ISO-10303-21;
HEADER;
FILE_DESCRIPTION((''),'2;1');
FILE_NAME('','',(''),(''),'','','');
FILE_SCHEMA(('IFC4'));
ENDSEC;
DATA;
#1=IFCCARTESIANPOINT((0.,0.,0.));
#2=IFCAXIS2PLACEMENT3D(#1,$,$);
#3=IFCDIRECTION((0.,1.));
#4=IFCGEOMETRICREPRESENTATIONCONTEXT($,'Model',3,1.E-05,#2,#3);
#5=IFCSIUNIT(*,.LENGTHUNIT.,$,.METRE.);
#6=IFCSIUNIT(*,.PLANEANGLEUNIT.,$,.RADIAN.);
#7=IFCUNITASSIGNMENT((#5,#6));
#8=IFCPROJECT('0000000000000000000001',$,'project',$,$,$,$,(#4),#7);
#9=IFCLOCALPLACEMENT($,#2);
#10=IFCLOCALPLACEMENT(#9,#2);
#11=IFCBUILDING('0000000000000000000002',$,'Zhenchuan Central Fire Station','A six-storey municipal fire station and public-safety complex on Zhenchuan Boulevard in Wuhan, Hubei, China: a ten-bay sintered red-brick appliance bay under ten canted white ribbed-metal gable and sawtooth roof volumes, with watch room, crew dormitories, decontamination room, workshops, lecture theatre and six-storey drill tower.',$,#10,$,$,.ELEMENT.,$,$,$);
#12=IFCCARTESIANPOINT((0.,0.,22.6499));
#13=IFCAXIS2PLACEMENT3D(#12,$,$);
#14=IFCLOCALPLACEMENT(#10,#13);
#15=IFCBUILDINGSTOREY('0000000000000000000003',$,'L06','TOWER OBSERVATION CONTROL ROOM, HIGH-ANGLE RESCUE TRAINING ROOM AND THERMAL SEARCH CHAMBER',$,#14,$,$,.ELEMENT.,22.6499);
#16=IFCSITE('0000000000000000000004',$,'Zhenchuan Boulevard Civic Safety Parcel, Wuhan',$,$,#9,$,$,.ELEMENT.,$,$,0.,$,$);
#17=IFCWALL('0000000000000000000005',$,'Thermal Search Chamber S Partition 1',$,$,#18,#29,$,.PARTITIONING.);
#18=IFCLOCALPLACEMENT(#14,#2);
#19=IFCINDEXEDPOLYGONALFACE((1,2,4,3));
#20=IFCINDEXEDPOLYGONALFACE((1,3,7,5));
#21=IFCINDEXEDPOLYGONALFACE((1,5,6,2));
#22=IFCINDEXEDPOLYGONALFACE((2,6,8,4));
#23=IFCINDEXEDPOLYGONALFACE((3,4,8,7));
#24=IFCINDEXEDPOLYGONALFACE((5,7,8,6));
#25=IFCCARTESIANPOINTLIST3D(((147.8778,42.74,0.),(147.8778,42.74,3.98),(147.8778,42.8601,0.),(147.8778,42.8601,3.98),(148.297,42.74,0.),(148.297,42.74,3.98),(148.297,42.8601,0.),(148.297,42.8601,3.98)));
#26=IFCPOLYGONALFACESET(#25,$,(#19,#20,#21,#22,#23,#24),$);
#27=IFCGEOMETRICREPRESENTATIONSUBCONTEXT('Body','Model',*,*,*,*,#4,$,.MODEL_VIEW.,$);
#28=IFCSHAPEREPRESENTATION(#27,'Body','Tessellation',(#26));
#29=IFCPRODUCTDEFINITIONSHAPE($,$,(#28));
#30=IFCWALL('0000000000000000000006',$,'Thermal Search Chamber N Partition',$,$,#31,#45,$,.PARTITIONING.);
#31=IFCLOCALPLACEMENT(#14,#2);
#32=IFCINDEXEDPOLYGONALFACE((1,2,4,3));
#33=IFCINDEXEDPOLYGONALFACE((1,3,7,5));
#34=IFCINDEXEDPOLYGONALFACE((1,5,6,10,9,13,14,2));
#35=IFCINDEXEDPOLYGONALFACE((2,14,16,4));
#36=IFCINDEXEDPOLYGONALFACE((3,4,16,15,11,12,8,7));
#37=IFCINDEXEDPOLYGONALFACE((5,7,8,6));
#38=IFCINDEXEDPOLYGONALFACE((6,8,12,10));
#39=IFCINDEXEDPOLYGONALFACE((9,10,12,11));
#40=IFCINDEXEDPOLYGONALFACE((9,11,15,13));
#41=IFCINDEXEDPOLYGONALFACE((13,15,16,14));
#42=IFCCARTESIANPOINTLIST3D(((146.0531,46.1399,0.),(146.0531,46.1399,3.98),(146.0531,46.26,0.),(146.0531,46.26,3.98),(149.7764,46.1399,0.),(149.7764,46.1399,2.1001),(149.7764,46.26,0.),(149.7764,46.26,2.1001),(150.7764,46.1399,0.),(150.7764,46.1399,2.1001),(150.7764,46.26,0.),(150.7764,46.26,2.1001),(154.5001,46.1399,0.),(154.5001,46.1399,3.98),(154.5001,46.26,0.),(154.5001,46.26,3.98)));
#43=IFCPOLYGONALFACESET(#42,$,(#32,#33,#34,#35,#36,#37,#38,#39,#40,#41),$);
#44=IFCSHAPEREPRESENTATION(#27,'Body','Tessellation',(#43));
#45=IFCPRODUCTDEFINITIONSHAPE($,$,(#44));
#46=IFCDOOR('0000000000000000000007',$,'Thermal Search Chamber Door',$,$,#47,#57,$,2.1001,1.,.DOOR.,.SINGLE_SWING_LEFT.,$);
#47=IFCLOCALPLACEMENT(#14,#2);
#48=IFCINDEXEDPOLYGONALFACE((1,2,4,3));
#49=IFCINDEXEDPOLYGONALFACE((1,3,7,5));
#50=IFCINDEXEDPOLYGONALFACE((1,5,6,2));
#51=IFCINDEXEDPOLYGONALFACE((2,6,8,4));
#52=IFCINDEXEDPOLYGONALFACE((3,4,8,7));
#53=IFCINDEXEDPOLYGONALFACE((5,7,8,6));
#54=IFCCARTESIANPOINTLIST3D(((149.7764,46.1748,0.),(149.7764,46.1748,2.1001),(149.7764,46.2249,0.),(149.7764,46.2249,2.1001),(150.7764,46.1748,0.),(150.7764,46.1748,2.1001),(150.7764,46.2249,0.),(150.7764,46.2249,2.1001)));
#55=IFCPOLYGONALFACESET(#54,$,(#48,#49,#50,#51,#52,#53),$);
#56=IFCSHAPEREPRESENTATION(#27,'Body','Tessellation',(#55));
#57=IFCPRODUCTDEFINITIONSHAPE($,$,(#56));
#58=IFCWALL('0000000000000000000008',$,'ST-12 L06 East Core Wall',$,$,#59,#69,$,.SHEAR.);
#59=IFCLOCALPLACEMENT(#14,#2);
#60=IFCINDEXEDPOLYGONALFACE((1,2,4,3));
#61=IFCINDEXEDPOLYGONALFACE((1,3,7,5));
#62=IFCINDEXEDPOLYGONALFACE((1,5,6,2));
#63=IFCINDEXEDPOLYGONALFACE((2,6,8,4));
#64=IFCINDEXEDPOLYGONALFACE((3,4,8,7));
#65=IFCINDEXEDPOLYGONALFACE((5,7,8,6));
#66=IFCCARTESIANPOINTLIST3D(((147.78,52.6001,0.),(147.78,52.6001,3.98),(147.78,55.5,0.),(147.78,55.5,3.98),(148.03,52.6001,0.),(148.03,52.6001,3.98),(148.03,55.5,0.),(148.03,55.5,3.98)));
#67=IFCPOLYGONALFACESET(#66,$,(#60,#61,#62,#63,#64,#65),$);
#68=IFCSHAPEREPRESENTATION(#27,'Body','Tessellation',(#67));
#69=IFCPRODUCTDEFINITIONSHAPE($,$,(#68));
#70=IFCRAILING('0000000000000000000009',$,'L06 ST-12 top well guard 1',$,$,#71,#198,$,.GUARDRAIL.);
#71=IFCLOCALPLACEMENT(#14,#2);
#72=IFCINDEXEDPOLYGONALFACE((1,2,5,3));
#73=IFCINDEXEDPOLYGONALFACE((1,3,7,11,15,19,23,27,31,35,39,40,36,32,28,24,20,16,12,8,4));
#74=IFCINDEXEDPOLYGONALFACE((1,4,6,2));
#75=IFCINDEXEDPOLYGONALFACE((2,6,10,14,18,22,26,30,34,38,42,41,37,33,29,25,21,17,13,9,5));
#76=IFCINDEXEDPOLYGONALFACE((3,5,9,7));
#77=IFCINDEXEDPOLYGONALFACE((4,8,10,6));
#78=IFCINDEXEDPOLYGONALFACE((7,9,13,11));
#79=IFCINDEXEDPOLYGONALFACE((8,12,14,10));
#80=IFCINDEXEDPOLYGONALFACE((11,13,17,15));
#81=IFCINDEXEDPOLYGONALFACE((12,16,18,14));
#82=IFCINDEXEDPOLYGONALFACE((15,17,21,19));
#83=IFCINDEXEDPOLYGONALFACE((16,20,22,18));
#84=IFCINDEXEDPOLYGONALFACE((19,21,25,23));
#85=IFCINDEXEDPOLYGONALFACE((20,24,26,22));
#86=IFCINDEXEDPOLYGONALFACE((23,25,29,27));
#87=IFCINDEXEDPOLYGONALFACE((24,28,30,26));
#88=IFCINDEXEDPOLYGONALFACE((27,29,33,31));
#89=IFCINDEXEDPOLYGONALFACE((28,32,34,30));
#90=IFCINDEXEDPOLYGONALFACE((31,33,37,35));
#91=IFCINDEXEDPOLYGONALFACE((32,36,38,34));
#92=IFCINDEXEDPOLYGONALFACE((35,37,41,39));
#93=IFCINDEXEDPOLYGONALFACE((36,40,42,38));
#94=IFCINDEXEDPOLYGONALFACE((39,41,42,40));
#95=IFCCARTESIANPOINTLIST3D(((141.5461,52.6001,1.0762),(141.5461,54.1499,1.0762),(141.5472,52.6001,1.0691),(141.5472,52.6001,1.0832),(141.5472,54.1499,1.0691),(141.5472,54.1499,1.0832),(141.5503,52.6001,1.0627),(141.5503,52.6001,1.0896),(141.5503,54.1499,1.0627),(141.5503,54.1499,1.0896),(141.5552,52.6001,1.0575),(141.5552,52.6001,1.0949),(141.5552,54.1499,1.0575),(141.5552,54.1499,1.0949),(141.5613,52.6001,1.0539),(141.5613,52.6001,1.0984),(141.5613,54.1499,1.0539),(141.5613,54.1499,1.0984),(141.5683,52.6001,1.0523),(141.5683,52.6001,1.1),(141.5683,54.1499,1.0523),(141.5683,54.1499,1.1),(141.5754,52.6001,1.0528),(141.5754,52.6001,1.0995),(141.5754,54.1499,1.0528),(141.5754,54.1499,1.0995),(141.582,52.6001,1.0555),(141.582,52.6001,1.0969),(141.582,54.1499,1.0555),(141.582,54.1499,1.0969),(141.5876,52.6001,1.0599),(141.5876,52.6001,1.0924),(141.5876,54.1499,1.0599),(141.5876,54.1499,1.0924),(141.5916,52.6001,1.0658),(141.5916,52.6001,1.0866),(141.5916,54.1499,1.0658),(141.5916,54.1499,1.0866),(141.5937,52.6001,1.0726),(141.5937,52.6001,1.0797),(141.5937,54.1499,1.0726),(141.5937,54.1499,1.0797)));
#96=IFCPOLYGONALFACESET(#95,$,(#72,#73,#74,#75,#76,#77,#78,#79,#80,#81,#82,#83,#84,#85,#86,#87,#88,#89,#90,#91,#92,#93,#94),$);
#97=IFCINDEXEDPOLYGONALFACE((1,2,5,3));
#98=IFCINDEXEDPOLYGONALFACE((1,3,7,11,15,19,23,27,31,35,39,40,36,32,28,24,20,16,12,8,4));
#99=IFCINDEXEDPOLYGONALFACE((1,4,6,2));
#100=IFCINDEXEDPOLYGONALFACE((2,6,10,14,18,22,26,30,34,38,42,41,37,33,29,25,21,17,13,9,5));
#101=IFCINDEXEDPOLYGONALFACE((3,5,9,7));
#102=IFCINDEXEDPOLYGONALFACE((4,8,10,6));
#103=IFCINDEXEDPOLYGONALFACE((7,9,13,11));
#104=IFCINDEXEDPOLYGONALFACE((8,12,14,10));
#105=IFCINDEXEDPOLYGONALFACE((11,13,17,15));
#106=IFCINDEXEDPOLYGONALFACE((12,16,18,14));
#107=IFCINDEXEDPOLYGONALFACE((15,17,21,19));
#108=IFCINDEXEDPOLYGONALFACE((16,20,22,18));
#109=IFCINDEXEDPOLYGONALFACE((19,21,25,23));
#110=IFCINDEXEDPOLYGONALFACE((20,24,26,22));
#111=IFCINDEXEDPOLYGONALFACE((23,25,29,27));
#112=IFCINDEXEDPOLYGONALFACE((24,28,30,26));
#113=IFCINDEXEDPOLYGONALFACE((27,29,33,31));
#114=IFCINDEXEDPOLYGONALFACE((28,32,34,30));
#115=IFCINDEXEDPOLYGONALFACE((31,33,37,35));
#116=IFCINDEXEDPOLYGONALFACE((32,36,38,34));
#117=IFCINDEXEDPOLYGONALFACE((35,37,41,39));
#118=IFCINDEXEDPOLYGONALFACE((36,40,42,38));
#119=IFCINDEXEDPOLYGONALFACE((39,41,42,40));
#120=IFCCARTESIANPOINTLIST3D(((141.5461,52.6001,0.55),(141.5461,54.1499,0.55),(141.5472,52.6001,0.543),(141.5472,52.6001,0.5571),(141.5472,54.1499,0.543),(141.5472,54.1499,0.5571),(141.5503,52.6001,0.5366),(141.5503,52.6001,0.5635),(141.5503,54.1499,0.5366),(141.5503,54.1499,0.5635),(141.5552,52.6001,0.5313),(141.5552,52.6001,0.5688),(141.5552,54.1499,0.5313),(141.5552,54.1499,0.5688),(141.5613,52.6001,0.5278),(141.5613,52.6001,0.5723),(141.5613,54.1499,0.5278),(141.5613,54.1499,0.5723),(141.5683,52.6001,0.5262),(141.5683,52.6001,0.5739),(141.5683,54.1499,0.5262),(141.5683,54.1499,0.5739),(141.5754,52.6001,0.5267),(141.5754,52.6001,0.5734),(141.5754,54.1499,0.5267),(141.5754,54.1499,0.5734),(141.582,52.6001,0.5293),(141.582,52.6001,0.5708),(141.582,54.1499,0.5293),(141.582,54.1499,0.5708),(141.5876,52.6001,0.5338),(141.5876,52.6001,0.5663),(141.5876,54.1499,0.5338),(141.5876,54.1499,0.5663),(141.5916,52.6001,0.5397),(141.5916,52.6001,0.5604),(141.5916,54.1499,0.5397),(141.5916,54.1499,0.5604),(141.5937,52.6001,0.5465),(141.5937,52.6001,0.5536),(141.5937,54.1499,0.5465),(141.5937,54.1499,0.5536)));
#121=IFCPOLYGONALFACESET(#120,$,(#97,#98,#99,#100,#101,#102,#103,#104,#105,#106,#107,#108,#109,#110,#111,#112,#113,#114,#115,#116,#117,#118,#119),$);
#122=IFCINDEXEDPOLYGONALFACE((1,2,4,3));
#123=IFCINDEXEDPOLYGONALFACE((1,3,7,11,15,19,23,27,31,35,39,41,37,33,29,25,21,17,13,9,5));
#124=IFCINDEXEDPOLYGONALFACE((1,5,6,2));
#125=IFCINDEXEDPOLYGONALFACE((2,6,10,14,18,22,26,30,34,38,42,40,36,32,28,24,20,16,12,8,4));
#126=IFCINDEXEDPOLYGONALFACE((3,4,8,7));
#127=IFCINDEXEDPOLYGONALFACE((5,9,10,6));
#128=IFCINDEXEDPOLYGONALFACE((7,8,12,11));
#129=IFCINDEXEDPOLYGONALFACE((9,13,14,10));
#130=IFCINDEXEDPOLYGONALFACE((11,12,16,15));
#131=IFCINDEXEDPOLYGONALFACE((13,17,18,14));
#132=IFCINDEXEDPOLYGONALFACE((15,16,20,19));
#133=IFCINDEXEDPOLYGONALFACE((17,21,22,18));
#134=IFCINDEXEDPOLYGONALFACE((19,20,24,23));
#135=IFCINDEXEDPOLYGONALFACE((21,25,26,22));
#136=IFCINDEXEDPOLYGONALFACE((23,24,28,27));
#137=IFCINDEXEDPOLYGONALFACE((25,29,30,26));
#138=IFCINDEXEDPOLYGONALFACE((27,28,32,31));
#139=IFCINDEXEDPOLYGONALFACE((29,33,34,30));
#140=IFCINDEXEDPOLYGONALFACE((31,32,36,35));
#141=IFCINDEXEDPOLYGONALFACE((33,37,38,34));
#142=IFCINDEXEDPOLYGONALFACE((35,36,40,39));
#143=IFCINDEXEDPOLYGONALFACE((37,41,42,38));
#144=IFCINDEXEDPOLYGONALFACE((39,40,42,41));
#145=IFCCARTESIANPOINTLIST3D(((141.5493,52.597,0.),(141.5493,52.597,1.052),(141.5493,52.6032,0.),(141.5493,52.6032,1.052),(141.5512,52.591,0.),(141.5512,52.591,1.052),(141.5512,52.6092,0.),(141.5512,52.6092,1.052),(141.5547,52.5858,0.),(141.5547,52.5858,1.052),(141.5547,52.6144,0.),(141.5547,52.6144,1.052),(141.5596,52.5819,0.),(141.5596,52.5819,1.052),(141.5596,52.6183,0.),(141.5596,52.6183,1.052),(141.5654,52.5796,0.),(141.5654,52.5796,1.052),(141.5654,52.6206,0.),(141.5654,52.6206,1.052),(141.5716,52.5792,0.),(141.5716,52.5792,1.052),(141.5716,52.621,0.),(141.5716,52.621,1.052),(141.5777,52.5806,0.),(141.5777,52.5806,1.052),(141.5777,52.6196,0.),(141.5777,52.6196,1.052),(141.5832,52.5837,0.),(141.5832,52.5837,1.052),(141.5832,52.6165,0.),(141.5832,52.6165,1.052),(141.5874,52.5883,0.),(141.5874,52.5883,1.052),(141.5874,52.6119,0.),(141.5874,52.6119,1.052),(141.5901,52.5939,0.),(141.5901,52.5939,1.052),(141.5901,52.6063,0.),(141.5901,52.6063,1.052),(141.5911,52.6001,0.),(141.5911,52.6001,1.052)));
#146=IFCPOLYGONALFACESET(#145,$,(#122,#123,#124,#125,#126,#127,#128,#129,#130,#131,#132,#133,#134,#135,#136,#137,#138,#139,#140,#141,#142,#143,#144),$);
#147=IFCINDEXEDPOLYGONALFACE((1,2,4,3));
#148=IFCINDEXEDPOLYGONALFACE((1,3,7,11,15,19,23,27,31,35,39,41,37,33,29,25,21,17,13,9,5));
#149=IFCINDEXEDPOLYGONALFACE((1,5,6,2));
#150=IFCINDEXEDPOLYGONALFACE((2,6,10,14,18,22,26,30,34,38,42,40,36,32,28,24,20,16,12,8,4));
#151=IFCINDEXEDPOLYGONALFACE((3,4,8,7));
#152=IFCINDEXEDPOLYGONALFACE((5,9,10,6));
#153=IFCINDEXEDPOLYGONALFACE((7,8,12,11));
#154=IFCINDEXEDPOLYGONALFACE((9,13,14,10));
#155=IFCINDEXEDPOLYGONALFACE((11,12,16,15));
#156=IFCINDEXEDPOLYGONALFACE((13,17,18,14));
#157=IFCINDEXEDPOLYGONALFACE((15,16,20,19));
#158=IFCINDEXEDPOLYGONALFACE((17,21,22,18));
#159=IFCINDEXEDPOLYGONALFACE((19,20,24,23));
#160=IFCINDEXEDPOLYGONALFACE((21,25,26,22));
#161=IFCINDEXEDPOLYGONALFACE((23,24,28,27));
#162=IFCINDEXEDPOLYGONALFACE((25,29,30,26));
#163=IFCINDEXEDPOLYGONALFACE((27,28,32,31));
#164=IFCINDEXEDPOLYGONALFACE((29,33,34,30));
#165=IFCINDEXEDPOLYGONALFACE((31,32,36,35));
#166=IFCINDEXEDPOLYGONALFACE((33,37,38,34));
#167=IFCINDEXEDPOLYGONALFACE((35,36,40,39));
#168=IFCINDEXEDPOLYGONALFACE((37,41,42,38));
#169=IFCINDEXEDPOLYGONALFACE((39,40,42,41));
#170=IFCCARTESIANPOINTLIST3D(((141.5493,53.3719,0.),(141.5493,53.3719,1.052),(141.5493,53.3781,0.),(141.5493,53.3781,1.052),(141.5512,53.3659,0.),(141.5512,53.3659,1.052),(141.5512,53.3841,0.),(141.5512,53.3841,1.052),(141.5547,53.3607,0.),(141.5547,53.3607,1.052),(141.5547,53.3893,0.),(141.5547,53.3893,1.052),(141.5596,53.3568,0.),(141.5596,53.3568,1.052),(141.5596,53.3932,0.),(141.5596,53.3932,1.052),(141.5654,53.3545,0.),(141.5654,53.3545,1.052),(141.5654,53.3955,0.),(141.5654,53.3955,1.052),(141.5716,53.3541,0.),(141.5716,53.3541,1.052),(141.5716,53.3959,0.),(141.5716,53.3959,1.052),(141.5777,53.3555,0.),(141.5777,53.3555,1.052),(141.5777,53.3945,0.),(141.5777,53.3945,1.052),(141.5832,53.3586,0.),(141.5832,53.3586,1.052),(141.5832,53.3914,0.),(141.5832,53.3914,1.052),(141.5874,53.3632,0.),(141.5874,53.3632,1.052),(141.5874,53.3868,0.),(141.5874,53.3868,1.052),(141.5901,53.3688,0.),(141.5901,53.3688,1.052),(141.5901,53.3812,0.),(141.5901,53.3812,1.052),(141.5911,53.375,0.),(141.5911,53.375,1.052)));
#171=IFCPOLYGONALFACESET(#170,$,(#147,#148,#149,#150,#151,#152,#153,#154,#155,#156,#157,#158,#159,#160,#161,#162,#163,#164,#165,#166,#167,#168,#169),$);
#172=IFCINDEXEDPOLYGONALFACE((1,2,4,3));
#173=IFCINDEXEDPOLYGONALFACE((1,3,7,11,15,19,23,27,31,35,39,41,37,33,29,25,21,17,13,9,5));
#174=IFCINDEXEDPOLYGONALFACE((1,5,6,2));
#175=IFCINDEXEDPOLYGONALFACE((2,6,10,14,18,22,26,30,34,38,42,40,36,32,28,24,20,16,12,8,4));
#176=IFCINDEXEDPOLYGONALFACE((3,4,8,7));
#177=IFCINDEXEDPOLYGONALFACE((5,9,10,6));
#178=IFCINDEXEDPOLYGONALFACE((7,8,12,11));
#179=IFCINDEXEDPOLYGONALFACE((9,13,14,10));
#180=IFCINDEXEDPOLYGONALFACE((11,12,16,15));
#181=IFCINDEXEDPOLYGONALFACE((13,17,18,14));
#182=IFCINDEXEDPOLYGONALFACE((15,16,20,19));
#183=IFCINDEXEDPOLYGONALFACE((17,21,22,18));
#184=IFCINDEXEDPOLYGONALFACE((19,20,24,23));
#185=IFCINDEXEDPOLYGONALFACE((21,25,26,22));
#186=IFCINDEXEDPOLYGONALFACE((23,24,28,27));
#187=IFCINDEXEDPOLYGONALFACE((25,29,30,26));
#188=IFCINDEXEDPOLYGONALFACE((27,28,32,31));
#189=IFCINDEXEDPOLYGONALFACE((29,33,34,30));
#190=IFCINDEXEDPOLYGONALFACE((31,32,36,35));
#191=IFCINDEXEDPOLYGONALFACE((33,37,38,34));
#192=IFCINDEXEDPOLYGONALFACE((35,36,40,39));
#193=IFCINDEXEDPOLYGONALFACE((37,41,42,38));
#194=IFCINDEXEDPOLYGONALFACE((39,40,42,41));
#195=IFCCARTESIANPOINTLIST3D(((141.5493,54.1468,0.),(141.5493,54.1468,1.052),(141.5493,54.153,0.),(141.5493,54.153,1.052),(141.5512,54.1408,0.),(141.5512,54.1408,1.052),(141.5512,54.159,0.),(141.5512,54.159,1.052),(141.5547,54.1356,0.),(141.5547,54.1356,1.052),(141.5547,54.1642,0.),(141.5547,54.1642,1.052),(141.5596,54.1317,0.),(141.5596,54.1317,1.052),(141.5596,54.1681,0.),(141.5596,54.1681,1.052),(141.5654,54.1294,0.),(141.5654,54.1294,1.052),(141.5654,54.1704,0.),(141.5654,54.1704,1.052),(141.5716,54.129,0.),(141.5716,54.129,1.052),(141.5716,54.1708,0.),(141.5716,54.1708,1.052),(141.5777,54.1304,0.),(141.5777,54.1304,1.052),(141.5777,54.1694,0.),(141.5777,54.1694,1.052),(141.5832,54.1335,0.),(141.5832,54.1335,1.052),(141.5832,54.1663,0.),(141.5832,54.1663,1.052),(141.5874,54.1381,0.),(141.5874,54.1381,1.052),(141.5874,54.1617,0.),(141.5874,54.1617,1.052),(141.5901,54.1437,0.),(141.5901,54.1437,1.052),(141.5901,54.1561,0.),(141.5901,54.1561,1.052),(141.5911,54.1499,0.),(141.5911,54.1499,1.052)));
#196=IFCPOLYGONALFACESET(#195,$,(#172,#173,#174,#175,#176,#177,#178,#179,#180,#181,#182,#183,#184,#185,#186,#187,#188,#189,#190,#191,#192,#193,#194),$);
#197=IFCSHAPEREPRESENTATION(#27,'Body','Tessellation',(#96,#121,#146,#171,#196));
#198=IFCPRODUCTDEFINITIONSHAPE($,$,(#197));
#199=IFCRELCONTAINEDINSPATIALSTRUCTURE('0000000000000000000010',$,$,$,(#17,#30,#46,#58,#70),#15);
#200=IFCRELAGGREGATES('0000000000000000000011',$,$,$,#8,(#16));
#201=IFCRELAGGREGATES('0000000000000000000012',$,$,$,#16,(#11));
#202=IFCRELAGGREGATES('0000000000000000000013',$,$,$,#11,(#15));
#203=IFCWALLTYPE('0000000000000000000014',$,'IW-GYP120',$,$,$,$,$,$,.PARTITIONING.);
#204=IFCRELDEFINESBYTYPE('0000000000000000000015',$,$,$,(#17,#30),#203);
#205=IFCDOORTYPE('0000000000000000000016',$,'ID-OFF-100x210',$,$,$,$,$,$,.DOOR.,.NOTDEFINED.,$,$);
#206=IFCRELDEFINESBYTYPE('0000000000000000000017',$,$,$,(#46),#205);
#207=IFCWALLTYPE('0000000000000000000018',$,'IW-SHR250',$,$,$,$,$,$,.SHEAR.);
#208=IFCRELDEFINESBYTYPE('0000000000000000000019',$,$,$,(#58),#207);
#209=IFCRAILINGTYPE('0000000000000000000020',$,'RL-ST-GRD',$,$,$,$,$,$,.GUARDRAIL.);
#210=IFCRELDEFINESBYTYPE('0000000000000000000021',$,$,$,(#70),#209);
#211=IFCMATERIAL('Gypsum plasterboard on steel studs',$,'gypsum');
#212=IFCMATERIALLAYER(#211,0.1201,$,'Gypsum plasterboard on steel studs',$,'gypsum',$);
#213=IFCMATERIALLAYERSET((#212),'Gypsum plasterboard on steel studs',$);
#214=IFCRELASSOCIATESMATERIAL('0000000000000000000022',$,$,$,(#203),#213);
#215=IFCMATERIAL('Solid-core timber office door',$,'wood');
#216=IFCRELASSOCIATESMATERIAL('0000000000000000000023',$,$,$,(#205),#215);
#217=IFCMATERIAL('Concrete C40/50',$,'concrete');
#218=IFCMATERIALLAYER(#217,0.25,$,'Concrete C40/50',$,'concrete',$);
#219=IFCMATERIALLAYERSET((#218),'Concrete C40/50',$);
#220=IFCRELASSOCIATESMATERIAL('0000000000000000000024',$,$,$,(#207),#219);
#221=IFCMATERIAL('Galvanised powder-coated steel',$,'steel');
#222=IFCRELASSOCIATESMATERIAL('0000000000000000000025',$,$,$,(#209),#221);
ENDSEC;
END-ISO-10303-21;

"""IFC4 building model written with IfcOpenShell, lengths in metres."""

from ifc_helpers import new_model, si_unit, direction, frame, frame_2d, origin, origin_2d, place, context, subcontext, project, spatial, rectangle, circle, extrude, material, layer, layer_set, type_object, element, fill, save


model = new_model("IFC4")

# Units and contexts
model_context = context("Model", 3, precision=1e-05, world=origin(), true_north=direction((0.0, 1.0)))
body_context = subcontext(model_context, "Body", "Model", "MODEL_VIEW")
ifc_project = project(units=[si_unit("LENGTHUNIT", "METRE"), si_unit("PLANEANGLEUNIT", "RADIAN")], contexts=[model_context])

# Site, building, storey
site_placement = place(None, origin())
site = spatial("IfcSite", under=ifc_project, at=site_placement, Name="Zhenchuan Boulevard Civic Safety Parcel, Wuhan", CompositionType="ELEMENT", RefElevation=0.0)
building_placement = place(site_placement, origin())
building = spatial("IfcBuilding", under=site, at=building_placement, Name="Zhenchuan Central Fire Station", Description="A six-storey municipal fire station and public-safety complex on Zhenchuan Boulevard in Wuhan, Hubei, China: a ten-bay sintered red-brick appliance bay under ten canted white ribbed-metal gable and sawtooth roof volumes, with watch room, crew dormitories, decontamination room, workshops, lecture theatre and six-storey drill tower.", CompositionType="ELEMENT")
storey_placement = place(building_placement, frame((0.0, 0.0, 22.6499)))
storey = spatial("IfcBuildingStorey", under=building, at=storey_placement, Name="L06", Description="TOWER OBSERVATION CONTROL ROOM, HIGH-ANGLE RESCUE TRAINING ROOM AND THERMAL SEARCH CHAMBER", CompositionType="ELEMENT", Elevation=22.6499)

# Shared definitions
ifc_material_1 = material(Name="Concrete C40/50", Category="concrete")

# Wall
ifc_material_2 = material(Name="Gypsum plasterboard on steel studs", Category="gypsum")
ifc_layer_1 = layer(ifc_material_2, 0.1201, Name="Gypsum plasterboard on steel studs", Category="gypsum")
ifc_layer_set_1 = layer_set([ifc_layer_1], Name="Gypsum plasterboard on steel studs")
wall_type_1 = type_object("IfcWallType", Name="IW-GYP120", PredefinedType="PARTITIONING", material=ifc_layer_set_1)
wall_1_placement = place(storey_placement, frame((147.8779, 42.8, 0.0), z_axis=(0.0, 0.0, 1.0), x_axis=(1.0, 0.0, 0.0)))
element("IfcWall", 1, at=wall_1_placement, inside=storey, type_object=wall_type_1, Name="Thermal Search Chamber S Partition 1", PredefinedType="PARTITIONING", context=body_context, shape_type="SweptSolid", body=[
    extrude(rectangle(XDim=0.4192, YDim=0.1201, at=frame_2d((0.2095, 0.0))), origin(), (0.0, 0.0, 1.0), 3.98),
])

# Wall, opening, door
wall_2_placement = place(storey_placement, frame((146.053, 46.2, 0.0), z_axis=(0.0, 0.0, 1.0), x_axis=(1.0, 0.0, 0.0)))
wall_2 = element("IfcWall", 2, at=wall_2_placement, inside=storey, type_object=wall_type_1, Name="Thermal Search Chamber N Partition", PredefinedType="PARTITIONING", context=body_context, shape_type="SweptSolid", body=[
    extrude(rectangle(XDim=8.447, YDim=0.1201, at=frame_2d((4.2236, 0.0))), origin(), (0.0, 0.0, 1.0), 3.98),
])
opening_1_placement = place(wall_2_placement, frame((3.7234, 0.0, 0.0)))
opening_1 = element("IfcOpeningElement", 3, at=opening_1_placement, cuts=wall_2, PredefinedType="OPENING", context=body_context, shape_type="SweptSolid", body=[
    extrude(rectangle(XDim=1.0, YDim=2.1001, at=frame_2d((0.5, 1.05))), frame((0.0, 0.0701, 0.0), z_axis=(0.0, -1.0, 0.0), x_axis=(1.0, 0.0, 0.0)), (0.0, 0.0, 1.0), 0.1401),
])
ifc_material_3 = material(Name="Solid-core timber office door", Category="wood")
door_type_1 = type_object("IfcDoorType", Name="ID-OFF-100x210", OperationType="NOTDEFINED", PredefinedType="DOOR", material=ifc_material_3)
door_1_placement = place(opening_1_placement, origin())
door_1 = element("IfcDoor", 4, at=door_1_placement, inside=storey, type_object=door_type_1, Name="Thermal Search Chamber Door", OperationType="SINGLE_SWING_LEFT", OverallHeight=2.1001, OverallWidth=1.0, PredefinedType="DOOR", context=body_context, shape_type="SweptSolid", body=[
    extrude(rectangle(XDim=1.0, YDim=2.1001, at=frame_2d((0.5, 1.05))), frame((0.0, 0.0249, 0.0), z_axis=(0.0, -1.0, 0.0), x_axis=(1.0, 0.0, 0.0)), (0.0, 0.0, 1.0), 0.05),
])
fill(opening_1, door_1)

# Wall
ifc_layer_2 = layer(ifc_material_1, 0.25, Name="Concrete C40/50", Category="concrete")
ifc_layer_set_2 = layer_set([ifc_layer_2], Name="Concrete C40/50")
wall_type_2 = type_object("IfcWallType", Name="IW-SHR250", PredefinedType="SHEAR", material=ifc_layer_set_2)
wall_3_placement = place(storey_placement, frame((147.905, 52.6001, 0.0), z_axis=(0.0, 0.0, 1.0), x_axis=(0.0, 1.0, 0.0)))
element("IfcWall", 5, at=wall_3_placement, inside=storey, type_object=wall_type_2, Name="ST-12 L06 East Core Wall", PredefinedType="SHEAR", context=body_context, shape_type="SweptSolid", body=[
    extrude(rectangle(XDim=2.8999, YDim=0.25, at=frame_2d((1.45, 0.0))), origin(), (0.0, 0.0, 1.0), 3.98),
])

# Railing
ifc_material_4 = material(Name="Galvanised powder-coated steel", Category="steel")
railing_type = type_object("IfcRailingType", Name="RL-ST-GRD", PredefinedType="GUARDRAIL", material=ifc_material_4)
railing_placement = place(storey_placement, frame((141.5701, 52.6001, 0.0)))
element("IfcRailing", 6, at=railing_placement, inside=storey, type_object=railing_type, Name="L06 ST-12 top well guard 1", PredefinedType="GUARDRAIL", context=body_context, shape_type="SweptSolid", body=[
    extrude(circle(Radius=0.0239, at=origin_2d()), frame((0.0, 0.0, 1.0762), z_axis=(0.0, 1.0, 0.0), x_axis=(-1.0, 0.0, 0.0)), (0.0, 0.0, 1.0), 1.5498),
    extrude(circle(Radius=0.0239, at=origin_2d()), frame((0.0, 0.0, 0.55), z_axis=(0.0, 1.0, 0.0), x_axis=(-1.0, 0.0, 0.0)), (0.0, 0.0, 1.0), 1.5498),
    extrude(circle(Radius=0.021, at=origin_2d()), origin(), (0.0, 0.0, 1.0), 1.052),
    extrude(circle(Radius=0.021, at=origin_2d()), frame((0.0, 0.7749, 0.0)), (0.0, 0.0, 1.0), 1.052),
    extrude(circle(Radius=0.021, at=origin_2d()), frame((0.0, 1.5498, 0.0)), (0.0, 0.0, 1.0), 1.052),
])

save(model, "model.ifc")
